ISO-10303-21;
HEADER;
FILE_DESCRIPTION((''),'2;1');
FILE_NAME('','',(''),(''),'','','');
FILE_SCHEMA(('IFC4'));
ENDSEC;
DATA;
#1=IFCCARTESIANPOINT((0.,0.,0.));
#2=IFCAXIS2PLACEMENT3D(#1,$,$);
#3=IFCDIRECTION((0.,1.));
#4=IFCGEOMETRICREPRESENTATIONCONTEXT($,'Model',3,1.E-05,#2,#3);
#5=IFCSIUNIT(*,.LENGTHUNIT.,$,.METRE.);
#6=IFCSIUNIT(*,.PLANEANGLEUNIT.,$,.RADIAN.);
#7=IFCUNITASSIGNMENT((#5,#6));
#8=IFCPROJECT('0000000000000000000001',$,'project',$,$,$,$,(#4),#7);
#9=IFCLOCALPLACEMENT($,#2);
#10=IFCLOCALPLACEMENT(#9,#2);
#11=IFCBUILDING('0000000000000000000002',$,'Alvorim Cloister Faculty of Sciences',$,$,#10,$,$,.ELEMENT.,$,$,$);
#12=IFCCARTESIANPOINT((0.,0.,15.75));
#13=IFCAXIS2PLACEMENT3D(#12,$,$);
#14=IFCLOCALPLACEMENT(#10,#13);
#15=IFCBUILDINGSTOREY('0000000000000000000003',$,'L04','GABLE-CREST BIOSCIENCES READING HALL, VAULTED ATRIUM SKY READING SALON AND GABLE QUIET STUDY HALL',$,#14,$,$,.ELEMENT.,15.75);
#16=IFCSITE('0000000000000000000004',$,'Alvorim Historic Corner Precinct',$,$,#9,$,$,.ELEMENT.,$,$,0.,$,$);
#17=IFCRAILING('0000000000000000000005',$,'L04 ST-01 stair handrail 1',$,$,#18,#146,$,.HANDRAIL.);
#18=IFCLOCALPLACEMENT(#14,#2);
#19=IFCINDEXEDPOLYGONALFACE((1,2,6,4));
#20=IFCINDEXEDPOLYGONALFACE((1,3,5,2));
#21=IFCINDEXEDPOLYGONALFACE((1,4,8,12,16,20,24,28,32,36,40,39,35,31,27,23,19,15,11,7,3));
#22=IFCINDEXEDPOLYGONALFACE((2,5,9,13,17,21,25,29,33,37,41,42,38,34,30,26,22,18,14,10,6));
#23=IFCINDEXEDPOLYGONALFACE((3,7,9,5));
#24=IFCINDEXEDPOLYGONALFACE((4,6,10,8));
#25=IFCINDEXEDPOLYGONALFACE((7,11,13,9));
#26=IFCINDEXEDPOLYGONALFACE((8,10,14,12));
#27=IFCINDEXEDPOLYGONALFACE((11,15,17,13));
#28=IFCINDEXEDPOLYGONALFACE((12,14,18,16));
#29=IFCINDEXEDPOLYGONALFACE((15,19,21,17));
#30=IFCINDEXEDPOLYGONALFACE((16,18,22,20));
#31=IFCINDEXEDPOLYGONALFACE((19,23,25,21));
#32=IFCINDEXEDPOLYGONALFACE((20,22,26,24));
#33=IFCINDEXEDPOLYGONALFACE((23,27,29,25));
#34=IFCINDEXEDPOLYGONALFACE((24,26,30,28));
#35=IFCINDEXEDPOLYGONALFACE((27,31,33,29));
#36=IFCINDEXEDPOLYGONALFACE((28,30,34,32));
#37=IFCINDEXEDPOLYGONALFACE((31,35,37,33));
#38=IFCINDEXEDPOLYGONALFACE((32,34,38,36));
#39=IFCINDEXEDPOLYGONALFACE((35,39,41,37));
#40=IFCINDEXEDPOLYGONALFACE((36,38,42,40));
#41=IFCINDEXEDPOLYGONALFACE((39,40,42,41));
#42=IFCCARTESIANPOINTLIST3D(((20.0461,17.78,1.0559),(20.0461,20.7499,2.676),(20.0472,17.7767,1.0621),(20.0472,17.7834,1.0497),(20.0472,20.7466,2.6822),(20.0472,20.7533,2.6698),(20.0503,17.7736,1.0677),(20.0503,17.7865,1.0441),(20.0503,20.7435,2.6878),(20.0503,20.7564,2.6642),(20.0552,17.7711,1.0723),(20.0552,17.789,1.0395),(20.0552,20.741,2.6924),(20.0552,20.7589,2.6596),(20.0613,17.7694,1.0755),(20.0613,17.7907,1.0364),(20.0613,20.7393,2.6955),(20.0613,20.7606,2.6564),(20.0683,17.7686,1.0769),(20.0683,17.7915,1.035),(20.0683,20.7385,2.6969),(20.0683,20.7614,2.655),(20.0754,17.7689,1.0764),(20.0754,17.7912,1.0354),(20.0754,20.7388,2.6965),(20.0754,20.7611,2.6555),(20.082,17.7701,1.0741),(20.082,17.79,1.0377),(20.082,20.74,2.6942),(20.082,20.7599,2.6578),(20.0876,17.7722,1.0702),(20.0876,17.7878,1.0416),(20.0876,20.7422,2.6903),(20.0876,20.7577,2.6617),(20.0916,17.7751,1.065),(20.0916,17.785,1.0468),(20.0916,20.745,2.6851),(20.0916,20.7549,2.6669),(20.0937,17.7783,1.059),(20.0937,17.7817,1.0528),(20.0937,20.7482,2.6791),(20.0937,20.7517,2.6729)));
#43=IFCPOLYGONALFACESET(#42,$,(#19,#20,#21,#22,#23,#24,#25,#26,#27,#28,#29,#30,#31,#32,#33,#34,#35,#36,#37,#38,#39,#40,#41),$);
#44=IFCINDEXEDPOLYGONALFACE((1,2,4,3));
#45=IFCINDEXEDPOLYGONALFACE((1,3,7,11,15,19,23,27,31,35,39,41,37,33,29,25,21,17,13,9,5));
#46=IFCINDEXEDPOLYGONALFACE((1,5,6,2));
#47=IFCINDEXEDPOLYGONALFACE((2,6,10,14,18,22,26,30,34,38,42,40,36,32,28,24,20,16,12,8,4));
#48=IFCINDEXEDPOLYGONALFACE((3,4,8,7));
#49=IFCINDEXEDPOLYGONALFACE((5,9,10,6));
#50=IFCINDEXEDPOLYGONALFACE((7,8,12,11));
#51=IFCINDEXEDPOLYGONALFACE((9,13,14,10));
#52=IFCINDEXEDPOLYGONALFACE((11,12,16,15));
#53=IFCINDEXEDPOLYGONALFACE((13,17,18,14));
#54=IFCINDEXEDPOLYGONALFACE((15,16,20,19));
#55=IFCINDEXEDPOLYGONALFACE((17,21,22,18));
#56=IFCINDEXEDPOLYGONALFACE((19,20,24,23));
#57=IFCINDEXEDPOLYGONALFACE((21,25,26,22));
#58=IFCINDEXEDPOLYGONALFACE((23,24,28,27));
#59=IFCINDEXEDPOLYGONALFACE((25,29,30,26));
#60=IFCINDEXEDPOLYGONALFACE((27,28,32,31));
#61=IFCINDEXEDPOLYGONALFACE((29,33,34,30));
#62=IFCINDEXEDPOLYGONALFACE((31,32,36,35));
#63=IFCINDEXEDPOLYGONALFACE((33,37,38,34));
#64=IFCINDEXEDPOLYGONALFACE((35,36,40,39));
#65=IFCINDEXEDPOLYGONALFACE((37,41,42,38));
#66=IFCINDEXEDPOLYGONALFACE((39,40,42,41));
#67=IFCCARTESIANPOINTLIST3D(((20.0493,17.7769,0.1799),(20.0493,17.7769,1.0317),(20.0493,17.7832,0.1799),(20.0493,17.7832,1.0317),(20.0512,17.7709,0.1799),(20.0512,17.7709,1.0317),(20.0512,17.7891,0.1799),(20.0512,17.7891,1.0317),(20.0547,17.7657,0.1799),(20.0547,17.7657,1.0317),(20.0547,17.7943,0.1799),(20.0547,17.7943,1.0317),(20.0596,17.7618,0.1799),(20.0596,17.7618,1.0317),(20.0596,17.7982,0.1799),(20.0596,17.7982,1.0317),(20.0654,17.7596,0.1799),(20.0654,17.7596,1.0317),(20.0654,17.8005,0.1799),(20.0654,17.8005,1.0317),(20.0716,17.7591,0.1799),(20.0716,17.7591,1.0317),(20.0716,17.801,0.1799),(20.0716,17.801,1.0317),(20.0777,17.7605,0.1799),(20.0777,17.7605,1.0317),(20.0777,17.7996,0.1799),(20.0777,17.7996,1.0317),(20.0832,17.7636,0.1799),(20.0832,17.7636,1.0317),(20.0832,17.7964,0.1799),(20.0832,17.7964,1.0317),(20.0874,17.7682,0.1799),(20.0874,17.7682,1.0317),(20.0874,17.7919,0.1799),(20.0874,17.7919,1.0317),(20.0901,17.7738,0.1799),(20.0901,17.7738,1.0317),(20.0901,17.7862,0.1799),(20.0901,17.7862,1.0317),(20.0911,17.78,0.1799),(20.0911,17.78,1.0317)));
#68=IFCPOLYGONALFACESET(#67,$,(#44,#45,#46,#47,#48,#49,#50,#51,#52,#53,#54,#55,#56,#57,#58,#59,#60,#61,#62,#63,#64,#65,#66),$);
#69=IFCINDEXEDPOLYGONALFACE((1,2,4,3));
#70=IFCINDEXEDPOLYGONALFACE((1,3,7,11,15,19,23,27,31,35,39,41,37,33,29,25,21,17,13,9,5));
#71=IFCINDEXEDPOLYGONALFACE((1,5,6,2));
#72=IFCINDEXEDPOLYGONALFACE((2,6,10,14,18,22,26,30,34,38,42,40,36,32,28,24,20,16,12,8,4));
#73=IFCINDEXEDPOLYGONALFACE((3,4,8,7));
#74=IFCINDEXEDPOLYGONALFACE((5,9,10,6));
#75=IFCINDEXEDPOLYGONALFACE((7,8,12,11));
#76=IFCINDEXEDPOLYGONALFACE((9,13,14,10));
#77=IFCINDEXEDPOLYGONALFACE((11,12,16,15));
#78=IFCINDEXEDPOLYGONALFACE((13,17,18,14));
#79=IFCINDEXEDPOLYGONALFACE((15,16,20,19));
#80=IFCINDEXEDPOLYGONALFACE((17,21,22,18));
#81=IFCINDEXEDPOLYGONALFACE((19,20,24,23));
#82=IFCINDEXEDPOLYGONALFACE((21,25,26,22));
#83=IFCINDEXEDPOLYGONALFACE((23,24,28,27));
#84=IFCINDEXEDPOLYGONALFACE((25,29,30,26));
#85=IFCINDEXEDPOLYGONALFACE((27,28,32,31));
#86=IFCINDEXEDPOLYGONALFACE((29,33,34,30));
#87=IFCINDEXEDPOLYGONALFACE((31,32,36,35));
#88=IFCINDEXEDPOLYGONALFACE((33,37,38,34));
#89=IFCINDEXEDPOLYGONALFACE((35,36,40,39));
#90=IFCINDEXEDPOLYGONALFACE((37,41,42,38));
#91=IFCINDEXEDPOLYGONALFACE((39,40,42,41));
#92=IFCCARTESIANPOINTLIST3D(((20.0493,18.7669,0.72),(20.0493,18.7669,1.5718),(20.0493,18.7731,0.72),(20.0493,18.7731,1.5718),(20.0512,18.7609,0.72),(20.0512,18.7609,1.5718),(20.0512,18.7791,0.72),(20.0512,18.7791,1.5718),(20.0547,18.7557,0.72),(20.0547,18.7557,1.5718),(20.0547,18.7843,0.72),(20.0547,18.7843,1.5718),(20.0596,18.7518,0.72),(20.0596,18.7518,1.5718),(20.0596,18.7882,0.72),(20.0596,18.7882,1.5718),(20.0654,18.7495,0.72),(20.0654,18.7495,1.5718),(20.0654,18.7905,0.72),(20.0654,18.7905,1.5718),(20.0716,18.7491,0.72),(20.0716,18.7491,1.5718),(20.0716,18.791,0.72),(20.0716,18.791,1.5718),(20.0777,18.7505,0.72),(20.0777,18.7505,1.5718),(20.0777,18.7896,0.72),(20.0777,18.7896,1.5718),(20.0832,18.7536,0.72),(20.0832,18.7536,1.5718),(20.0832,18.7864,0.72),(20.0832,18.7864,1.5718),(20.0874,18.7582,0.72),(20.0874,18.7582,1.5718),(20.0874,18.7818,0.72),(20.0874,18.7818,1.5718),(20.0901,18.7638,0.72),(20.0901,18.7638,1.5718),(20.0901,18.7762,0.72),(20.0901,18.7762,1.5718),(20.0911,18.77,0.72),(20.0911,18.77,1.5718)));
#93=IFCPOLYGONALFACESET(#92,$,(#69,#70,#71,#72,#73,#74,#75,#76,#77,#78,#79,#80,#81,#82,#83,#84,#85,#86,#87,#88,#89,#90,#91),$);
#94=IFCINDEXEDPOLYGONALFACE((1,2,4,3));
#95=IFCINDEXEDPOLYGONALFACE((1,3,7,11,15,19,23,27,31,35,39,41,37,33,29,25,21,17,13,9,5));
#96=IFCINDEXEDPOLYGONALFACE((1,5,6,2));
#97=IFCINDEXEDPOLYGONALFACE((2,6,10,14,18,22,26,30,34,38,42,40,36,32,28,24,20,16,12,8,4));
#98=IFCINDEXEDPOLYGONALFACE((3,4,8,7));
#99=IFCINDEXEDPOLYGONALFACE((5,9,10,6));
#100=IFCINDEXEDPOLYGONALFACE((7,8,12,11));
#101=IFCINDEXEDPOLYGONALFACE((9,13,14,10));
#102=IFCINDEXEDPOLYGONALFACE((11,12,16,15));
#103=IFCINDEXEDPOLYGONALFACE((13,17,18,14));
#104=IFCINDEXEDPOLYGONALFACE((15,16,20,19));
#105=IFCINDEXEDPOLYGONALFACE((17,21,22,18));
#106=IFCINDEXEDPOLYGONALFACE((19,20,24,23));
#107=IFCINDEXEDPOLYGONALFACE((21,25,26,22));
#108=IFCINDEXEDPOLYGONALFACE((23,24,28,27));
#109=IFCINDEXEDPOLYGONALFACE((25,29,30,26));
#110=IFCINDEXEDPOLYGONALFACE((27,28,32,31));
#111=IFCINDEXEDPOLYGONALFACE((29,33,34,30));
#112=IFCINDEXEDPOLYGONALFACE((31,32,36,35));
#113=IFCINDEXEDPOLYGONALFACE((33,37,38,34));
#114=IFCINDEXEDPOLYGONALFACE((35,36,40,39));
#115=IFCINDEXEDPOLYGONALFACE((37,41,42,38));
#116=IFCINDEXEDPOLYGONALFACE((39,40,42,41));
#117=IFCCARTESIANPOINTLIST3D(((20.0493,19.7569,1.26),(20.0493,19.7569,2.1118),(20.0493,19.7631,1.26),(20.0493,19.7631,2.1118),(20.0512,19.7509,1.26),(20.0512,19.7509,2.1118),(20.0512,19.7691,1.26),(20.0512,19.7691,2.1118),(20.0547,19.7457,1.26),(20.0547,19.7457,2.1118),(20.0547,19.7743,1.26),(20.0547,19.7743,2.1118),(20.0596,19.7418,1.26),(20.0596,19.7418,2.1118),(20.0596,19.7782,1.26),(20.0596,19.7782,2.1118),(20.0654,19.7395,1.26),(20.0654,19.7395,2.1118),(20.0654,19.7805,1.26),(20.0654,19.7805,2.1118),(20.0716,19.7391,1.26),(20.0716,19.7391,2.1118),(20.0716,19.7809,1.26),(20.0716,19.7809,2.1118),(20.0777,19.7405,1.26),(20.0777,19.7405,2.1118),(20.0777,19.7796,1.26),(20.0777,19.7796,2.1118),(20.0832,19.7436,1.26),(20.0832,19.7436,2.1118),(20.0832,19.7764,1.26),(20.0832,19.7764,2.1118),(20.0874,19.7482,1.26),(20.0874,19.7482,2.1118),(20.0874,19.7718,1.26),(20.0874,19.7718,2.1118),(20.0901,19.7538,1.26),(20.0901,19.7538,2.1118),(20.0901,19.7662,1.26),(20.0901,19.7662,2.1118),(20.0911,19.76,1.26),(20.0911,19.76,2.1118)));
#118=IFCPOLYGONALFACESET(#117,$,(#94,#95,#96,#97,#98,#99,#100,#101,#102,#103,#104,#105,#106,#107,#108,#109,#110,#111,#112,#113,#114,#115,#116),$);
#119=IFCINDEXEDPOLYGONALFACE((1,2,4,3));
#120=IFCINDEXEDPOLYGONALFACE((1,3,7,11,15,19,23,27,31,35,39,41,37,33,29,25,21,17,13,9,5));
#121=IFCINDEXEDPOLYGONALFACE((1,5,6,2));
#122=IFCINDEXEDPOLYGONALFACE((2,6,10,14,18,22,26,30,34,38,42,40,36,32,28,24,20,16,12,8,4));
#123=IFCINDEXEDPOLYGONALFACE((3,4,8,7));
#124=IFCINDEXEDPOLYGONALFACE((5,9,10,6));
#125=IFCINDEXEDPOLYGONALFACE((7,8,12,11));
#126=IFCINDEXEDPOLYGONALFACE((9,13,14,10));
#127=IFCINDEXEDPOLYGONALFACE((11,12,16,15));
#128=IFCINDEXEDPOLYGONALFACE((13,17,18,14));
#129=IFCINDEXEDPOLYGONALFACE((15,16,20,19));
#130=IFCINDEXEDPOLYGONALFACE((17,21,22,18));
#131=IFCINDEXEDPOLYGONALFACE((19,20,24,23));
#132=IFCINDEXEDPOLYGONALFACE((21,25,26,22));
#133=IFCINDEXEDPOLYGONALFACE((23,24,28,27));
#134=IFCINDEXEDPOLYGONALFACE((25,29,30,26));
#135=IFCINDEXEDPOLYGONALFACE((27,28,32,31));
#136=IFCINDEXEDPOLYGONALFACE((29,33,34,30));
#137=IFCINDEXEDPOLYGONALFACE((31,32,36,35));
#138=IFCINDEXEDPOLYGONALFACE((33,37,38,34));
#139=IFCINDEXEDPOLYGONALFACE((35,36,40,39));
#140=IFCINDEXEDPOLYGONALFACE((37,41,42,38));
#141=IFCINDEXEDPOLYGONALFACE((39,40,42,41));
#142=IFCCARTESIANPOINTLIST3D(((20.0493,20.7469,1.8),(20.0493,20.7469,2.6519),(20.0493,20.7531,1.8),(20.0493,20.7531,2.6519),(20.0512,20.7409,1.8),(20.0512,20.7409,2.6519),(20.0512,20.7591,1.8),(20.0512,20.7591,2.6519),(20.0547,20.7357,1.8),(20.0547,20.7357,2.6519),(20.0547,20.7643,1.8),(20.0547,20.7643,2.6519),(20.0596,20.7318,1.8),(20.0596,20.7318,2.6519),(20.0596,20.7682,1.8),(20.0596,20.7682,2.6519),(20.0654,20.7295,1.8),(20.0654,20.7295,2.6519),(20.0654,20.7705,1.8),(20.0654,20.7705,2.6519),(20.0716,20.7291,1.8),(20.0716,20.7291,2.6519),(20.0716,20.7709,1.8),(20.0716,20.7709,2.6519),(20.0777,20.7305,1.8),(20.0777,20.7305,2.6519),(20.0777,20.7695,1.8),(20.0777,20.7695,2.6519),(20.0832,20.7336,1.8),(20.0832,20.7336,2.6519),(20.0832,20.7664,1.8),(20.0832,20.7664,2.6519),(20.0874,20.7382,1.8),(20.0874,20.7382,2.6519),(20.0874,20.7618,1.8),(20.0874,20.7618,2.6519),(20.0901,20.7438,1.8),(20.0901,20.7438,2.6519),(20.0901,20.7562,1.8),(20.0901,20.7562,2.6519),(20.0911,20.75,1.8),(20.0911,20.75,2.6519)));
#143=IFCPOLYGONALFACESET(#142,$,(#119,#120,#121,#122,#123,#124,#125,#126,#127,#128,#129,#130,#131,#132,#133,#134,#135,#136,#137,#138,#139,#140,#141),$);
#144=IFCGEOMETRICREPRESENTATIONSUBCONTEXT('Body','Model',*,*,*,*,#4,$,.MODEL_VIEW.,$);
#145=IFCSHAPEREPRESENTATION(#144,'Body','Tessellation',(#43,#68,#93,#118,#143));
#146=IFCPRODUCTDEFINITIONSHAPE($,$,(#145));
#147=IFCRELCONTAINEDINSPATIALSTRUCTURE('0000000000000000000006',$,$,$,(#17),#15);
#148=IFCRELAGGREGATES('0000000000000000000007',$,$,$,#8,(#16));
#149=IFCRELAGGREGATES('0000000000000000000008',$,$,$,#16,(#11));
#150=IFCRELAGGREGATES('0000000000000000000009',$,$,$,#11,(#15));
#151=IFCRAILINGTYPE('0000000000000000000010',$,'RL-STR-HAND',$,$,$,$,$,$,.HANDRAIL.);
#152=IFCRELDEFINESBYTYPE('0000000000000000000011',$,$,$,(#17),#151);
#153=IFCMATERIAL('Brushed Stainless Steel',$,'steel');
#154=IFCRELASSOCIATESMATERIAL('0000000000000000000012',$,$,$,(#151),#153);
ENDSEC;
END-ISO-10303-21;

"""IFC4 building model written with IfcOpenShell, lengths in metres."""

from ifc_helpers import new_model, si_unit, direction, frame, origin, origin_2d, place, context, subcontext, project, spatial, circle, extrude, material, type_object, element, save


model = new_model("IFC4")

# Units and contexts
model_context = context("Model", 3, precision=1e-05, world=origin(), true_north=direction((0.0, 1.0)))
body_context = subcontext(model_context, "Body", "Model", "MODEL_VIEW")
ifc_project = project(units=[si_unit("LENGTHUNIT", "METRE"), si_unit("PLANEANGLEUNIT", "RADIAN")], contexts=[model_context])

# Site, building, storey
site_placement = place(None, origin())
site = spatial("IfcSite", under=ifc_project, at=site_placement, Name="Alvorim Historic Corner Precinct", CompositionType="ELEMENT", RefElevation=0.0)
building_placement = place(site_placement, origin())
building = spatial("IfcBuilding", under=site, at=building_placement, Name="Alvorim Cloister Faculty of Sciences", CompositionType="ELEMENT")
storey_placement = place(building_placement, frame((0.0, 0.0, 15.75)))
storey = spatial("IfcBuildingStorey", under=building, at=storey_placement, Name="L04", Description="GABLE-CREST BIOSCIENCES READING HALL, VAULTED ATRIUM SKY READING SALON AND GABLE QUIET STUDY HALL", CompositionType="ELEMENT", Elevation=15.75)

# Railing
ifc_material_1 = material(Name="Brushed Stainless Steel", Category="steel")
railing_type_1 = type_object("IfcRailingType", Name="RL-STR-HAND", PredefinedType="HANDRAIL", material=ifc_material_1)
railing_1_placement = place(storey_placement, frame((20.0701, 17.78, 0.1799)))
element("IfcRailing", 1, at=railing_1_placement, inside=storey, type_object=railing_type_1, Name="L04 ST-01 stair handrail 1", PredefinedType="HANDRAIL", context=body_context, shape_type="SweptSolid", body=[
    extrude(circle(Radius=0.0239, at=origin_2d()), frame((0.0, 0.0, 0.876), z_axis=(0.0, 0.877879, 0.478882), x_axis=(-1.0, 0.0, 0.0)), (0.0, 0.0, 1.0), 3.3831),
    extrude(circle(Radius=0.021, at=origin_2d()), origin(), (0.0, 0.0, 1.0), 0.8518),
    extrude(circle(Radius=0.021, at=origin_2d()), frame((0.0, 0.99, 0.54)), (0.0, 0.0, 1.0), 0.8518),
    extrude(circle(Radius=0.021, at=origin_2d()), frame((0.0, 1.98, 1.0801)), (0.0, 0.0, 1.0), 0.8518),
    extrude(circle(Radius=0.021, at=origin_2d()), frame((0.0, 2.97, 1.6201)), (0.0, 0.0, 1.0), 0.8518),
])

save(model, "model.ifc")
